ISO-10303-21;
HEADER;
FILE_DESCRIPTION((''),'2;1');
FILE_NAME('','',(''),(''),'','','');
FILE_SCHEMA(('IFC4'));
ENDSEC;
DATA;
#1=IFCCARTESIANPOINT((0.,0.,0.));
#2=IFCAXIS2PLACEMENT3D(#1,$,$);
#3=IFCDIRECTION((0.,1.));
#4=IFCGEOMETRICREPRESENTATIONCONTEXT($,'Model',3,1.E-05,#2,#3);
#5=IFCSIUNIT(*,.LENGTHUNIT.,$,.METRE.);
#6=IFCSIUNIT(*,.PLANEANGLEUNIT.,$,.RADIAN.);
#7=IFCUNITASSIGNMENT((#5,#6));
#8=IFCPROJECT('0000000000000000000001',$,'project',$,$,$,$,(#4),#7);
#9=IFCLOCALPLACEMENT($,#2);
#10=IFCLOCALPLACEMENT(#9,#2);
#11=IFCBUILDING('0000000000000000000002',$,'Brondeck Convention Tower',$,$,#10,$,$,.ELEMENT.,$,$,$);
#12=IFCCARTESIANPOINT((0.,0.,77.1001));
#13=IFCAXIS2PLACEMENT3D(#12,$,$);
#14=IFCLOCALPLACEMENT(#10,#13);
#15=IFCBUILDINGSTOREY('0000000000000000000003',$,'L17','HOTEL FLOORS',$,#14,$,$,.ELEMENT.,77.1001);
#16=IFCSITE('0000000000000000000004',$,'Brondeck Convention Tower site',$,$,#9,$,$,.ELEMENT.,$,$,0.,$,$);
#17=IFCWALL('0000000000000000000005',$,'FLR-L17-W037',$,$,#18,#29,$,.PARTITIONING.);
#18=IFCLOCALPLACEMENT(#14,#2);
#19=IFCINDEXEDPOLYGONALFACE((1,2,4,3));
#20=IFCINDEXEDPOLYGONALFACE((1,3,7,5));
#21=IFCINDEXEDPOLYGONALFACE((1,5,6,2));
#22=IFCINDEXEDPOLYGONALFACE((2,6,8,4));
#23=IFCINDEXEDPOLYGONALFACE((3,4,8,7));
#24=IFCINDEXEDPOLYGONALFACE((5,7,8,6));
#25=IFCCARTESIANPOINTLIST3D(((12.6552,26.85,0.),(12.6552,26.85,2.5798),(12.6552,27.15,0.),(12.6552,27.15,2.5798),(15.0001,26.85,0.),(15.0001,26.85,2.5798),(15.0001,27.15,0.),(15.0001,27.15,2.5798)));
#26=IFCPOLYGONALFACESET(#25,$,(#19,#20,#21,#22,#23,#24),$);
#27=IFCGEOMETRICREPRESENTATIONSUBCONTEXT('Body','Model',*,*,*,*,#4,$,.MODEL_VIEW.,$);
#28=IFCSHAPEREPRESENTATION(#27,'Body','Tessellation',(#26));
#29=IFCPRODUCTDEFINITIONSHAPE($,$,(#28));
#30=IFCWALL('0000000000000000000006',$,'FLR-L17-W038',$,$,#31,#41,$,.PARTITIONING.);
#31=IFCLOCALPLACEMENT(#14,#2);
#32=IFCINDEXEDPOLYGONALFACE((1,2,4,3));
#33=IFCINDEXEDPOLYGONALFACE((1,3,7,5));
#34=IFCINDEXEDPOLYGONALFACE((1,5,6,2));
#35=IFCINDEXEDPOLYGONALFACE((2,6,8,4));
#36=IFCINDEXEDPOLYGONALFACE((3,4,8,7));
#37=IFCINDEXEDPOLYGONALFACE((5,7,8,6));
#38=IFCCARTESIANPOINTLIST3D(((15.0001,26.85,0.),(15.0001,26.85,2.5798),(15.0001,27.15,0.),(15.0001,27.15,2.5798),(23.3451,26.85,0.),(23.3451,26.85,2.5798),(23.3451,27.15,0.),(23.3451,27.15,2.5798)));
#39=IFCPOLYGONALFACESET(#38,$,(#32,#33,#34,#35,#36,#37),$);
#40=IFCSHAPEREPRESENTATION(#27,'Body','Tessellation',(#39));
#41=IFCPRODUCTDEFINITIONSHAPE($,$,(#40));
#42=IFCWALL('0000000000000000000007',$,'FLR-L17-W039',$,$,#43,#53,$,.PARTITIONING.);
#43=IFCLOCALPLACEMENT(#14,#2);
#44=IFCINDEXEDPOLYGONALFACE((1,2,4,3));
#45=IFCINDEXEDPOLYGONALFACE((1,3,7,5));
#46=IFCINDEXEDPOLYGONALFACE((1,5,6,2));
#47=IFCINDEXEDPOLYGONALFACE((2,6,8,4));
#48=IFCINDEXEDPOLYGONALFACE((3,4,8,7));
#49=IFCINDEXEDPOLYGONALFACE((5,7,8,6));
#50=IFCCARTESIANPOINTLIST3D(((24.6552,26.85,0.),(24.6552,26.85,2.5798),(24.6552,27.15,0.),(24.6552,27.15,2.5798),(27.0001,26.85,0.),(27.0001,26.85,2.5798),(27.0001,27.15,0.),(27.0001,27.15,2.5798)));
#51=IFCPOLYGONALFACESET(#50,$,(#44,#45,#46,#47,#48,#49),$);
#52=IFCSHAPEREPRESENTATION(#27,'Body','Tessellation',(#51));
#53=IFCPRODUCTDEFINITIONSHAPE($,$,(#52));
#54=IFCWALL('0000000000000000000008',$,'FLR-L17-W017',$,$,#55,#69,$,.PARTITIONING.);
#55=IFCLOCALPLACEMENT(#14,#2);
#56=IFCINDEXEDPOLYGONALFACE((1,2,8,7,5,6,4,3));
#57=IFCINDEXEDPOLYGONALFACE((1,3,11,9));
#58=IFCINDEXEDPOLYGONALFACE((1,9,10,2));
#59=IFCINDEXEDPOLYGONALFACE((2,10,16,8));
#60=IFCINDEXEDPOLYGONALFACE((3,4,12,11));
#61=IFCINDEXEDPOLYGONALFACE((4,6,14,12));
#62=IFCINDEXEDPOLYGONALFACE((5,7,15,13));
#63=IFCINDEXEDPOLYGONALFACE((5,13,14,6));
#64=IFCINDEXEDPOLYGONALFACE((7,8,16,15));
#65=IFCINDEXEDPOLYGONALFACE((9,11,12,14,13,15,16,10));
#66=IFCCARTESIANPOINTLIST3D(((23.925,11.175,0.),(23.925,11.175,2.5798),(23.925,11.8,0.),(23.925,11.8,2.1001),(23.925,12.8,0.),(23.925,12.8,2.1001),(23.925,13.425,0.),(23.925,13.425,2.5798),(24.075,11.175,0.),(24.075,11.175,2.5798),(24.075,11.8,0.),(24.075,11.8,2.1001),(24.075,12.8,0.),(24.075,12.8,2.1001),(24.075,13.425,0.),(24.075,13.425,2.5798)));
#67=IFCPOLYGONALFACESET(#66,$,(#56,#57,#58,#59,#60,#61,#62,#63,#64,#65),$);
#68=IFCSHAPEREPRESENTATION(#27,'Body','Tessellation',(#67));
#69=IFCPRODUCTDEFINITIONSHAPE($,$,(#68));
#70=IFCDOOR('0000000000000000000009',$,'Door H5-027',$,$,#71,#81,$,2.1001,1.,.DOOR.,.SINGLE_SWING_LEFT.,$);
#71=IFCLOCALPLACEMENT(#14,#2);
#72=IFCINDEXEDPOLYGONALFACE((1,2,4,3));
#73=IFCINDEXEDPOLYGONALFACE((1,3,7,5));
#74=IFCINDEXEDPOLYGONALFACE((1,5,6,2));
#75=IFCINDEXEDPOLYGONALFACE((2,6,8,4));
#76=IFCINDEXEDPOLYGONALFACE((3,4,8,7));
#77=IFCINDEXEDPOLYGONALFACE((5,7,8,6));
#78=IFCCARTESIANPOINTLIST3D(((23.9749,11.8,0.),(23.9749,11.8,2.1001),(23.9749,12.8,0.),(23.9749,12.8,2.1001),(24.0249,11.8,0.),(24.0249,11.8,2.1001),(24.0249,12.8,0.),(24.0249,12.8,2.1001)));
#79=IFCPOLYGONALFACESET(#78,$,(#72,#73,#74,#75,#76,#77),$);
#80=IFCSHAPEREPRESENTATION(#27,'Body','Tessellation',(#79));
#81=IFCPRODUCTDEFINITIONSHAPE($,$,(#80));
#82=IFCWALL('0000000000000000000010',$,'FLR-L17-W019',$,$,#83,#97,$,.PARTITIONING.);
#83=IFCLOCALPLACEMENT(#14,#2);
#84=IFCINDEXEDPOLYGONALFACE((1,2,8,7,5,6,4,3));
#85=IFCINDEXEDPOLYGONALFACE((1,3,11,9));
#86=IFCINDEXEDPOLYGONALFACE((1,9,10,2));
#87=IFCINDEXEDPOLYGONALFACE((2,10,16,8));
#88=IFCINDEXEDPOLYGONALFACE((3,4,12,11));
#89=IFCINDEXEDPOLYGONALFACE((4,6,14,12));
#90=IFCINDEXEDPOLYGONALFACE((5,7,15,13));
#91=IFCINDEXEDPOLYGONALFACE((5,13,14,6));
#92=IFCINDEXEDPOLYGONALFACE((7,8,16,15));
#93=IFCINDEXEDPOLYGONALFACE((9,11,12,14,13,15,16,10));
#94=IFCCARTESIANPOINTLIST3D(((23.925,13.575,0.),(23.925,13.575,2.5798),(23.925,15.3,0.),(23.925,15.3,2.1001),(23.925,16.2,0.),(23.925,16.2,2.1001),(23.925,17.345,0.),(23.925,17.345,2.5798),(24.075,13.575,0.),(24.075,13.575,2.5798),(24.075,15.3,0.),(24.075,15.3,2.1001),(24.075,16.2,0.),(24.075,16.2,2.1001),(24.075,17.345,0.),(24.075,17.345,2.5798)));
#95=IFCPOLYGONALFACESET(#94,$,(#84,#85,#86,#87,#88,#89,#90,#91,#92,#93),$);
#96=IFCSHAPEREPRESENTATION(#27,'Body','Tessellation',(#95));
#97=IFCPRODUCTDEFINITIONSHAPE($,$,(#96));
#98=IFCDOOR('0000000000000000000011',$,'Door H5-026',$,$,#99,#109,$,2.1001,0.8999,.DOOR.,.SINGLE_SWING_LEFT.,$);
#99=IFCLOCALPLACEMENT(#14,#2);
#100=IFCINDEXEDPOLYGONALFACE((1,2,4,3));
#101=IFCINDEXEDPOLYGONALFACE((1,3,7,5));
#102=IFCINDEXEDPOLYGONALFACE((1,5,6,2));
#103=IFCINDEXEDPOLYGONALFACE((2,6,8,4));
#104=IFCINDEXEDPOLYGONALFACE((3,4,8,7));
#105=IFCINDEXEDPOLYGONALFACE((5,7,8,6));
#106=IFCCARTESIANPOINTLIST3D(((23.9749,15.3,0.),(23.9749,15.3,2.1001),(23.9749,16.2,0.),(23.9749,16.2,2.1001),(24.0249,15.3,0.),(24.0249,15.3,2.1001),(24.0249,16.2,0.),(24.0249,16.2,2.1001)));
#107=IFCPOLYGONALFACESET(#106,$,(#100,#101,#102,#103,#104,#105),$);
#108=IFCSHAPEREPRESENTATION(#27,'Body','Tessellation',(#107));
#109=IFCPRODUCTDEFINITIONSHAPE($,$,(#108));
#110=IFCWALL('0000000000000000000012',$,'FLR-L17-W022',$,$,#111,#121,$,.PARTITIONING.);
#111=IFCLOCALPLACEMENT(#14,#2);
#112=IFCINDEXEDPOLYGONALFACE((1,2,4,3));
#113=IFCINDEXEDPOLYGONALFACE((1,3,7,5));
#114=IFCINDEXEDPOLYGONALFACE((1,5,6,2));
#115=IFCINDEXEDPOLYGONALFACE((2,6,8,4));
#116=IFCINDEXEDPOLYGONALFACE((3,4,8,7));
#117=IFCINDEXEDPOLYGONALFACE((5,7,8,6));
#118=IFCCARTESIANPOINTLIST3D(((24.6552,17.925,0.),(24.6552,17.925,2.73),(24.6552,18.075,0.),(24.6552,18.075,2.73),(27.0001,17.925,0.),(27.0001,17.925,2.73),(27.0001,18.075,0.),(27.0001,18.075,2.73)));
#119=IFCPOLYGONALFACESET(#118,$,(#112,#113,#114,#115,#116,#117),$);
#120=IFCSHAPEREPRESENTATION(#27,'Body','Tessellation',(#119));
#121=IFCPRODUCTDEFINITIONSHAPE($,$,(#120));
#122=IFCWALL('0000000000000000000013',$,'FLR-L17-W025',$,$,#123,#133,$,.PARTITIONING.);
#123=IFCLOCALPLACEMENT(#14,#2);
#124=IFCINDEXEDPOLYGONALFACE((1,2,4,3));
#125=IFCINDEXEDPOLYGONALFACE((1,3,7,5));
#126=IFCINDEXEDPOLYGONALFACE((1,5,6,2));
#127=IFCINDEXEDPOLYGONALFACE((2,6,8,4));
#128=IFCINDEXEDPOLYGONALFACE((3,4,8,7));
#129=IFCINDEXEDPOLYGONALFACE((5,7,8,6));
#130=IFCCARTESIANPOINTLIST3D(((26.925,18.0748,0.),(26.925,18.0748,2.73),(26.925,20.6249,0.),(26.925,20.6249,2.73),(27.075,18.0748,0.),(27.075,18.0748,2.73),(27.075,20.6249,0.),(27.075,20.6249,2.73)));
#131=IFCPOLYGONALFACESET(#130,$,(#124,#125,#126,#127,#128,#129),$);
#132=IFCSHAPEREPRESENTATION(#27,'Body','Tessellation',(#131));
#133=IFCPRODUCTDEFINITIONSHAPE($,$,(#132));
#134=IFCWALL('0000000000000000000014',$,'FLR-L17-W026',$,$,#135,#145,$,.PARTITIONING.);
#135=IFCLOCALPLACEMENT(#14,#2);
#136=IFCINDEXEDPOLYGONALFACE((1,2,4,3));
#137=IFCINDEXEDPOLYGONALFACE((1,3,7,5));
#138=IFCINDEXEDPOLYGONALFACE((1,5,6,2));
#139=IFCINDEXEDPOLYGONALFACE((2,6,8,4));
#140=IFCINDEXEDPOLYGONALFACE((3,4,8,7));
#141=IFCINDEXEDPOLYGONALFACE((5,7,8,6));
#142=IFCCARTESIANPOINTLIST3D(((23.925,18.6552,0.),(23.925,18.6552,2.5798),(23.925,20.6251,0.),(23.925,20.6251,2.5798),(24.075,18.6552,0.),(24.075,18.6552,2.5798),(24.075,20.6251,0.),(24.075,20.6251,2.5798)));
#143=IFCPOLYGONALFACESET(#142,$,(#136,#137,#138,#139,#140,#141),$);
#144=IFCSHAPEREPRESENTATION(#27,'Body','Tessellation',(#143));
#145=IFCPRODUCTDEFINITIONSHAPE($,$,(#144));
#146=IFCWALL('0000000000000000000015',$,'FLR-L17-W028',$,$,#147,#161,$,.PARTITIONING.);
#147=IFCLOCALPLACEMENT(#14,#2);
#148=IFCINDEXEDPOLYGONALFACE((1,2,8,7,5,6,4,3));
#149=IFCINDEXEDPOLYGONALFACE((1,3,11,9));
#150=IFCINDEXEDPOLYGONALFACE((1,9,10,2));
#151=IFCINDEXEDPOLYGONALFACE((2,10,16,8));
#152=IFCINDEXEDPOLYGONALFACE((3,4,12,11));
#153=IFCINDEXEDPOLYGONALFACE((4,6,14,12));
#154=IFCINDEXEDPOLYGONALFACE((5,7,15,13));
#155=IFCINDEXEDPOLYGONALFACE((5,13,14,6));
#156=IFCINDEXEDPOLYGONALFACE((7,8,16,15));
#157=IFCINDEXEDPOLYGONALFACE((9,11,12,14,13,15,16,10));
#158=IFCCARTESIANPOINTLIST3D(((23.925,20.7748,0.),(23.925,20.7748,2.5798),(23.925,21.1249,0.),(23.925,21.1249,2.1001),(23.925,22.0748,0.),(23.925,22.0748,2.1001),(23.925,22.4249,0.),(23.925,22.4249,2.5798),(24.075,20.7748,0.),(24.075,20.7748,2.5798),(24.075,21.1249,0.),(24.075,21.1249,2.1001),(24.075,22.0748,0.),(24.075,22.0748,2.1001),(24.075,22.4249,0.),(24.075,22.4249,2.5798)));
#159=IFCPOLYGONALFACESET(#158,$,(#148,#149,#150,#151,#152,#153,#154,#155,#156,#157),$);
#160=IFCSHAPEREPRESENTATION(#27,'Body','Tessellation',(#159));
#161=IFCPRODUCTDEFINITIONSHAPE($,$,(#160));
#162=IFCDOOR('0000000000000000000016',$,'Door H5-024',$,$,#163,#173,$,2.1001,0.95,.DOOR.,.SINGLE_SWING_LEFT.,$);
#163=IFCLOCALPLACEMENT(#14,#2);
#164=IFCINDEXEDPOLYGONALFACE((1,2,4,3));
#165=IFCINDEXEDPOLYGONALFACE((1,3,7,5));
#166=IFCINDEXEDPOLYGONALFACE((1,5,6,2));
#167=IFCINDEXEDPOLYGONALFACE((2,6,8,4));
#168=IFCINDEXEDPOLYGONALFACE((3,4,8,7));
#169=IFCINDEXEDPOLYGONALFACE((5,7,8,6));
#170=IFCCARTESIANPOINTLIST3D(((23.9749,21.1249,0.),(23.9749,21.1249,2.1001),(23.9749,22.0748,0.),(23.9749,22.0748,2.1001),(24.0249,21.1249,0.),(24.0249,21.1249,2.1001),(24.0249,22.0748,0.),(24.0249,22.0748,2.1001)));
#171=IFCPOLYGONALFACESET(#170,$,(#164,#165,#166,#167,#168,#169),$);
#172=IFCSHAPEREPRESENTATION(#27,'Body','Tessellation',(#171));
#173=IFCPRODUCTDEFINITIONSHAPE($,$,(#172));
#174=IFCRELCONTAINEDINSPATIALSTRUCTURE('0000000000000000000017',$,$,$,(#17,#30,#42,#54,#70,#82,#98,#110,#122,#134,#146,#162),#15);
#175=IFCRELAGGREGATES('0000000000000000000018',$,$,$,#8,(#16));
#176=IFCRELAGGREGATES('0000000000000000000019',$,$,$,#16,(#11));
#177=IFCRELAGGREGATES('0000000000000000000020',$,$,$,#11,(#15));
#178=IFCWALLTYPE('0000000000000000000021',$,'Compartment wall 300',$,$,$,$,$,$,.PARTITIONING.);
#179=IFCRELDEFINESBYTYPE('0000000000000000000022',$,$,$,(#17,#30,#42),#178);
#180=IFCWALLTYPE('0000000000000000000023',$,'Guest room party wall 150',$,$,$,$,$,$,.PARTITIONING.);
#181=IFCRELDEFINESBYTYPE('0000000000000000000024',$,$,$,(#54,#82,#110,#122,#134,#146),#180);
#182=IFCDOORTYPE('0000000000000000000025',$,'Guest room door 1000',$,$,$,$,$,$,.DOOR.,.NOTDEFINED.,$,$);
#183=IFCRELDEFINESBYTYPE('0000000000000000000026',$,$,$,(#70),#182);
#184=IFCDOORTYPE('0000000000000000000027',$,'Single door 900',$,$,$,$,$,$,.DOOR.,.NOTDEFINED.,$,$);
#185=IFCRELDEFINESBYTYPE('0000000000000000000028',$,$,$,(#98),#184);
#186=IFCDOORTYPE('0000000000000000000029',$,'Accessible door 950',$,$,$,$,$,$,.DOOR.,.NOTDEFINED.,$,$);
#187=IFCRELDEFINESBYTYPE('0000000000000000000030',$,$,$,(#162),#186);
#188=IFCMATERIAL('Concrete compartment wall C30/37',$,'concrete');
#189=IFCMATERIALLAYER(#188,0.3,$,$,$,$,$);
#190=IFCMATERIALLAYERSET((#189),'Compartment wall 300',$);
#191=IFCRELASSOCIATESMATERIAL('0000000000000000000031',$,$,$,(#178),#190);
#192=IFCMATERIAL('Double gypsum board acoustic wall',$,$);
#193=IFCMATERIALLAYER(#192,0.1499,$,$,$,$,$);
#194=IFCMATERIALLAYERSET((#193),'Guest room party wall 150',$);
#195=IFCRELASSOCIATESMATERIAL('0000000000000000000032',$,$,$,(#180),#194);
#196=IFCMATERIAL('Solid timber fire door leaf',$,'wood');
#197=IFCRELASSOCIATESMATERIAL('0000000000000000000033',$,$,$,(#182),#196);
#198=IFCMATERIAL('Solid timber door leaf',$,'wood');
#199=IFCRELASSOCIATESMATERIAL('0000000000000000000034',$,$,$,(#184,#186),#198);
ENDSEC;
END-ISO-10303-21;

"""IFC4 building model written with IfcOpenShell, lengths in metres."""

from ifc_helpers import new_model, si_unit, direction, frame, frame_2d, origin, place, context, subcontext, project, spatial, rectangle, extrude, material, layer, layer_set, type_object, element, fill, save


model = new_model("IFC4")

# Units and contexts
model_context = context("Model", 3, precision=1e-05, world=origin(), true_north=direction((0.0, 1.0)))
body_context = subcontext(model_context, "Body", "Model", "MODEL_VIEW")
ifc_project = project(units=[si_unit("LENGTHUNIT", "METRE"), si_unit("PLANEANGLEUNIT", "RADIAN")], contexts=[model_context])

# Site, building, storey
site_placement = place(None, origin())
site = spatial("IfcSite", under=ifc_project, at=site_placement, Name="Brondeck Convention Tower site", CompositionType="ELEMENT", RefElevation=0.0)
building_placement = place(site_placement, origin())
building = spatial("IfcBuilding", under=site, at=building_placement, Name="Brondeck Convention Tower", CompositionType="ELEMENT")
storey_placement = place(building_placement, frame((0.0, 0.0, 77.1001)))
storey = spatial("IfcBuildingStorey", under=building, at=storey_placement, Name="L17", Description="HOTEL FLOORS", CompositionType="ELEMENT", Elevation=77.1001)

# Walls
ifc_material_1 = material(Name="Concrete compartment wall C30/37", Category="concrete")
ifc_layer_1 = layer(ifc_material_1, 0.3)
ifc_layer_set_1 = layer_set([ifc_layer_1], Name="Compartment wall 300")
wall_type_1 = type_object("IfcWallType", Name="Compartment wall 300", PredefinedType="PARTITIONING", material=ifc_layer_set_1)
wall_1_placement = place(storey_placement, frame((15.0, 27.0, 0.0), z_axis=(0.0, 0.0, 1.0), x_axis=(-1.0, 0.0, 0.0)))
element("IfcWall", 1, at=wall_1_placement, inside=storey, type_object=wall_type_1, Name="FLR-L17-W037", PredefinedType="PARTITIONING", context=body_context, shape_type="SweptSolid", body=[
    extrude(rectangle(XDim=2.345, YDim=0.3, at=frame_2d((1.1724, 0.0))), origin(), (0.0, 0.0, 1.0), 2.5798),
])
wall_2_placement = place(storey_placement, frame((23.345, 27.0, 0.0), z_axis=(0.0, 0.0, 1.0), x_axis=(-1.0, 0.0, 0.0)))
element("IfcWall", 2, at=wall_2_placement, inside=storey, type_object=wall_type_1, Name="FLR-L17-W038", PredefinedType="PARTITIONING", context=body_context, shape_type="SweptSolid", body=[
    extrude(rectangle(XDim=8.345, YDim=0.3, at=frame_2d((4.1724, 0.0))), origin(), (0.0, 0.0, 1.0), 2.5798),
])
wall_3_placement = place(storey_placement, frame((27.0, 27.0, 0.0), z_axis=(0.0, 0.0, 1.0), x_axis=(-1.0, 0.0, 0.0)))
element("IfcWall", 3, at=wall_3_placement, inside=storey, type_object=wall_type_1, Name="FLR-L17-W039", PredefinedType="PARTITIONING", context=body_context, shape_type="SweptSolid", body=[
    extrude(rectangle(XDim=2.345, YDim=0.3, at=frame_2d((1.1724, 0.0))), origin(), (0.0, 0.0, 1.0), 2.5798),
])

# Walls, openings, doors
ifc_material_2 = material(Name="Double gypsum board acoustic wall")
ifc_layer_2 = layer(ifc_material_2, 0.1499)
ifc_layer_set_2 = layer_set([ifc_layer_2], Name="Guest room party wall 150")
wall_type_2 = type_object("IfcWallType", Name="Guest room party wall 150", PredefinedType="PARTITIONING", material=ifc_layer_set_2)
wall_4_placement = place(storey_placement, frame((24.0, 13.425, 0.0), z_axis=(0.0, 0.0, 1.0), x_axis=(0.0, -1.0, 0.0)))
wall_4 = element("IfcWall", 4, at=wall_4_placement, inside=storey, type_object=wall_type_2, Name="FLR-L17-W017", PredefinedType="PARTITIONING", context=body_context, shape_type="SweptSolid", body=[
    extrude(rectangle(XDim=2.25, YDim=0.1499, at=frame_2d((1.125, 0.0))), origin(), (0.0, 0.0, 1.0), 2.5798),
])
opening_1_placement = place(wall_4_placement, frame((0.625, 0.0, 0.0)))
opening_1 = element("IfcOpeningElement", 5, at=opening_1_placement, cuts=wall_4, PredefinedType="OPENING", context=body_context, shape_type="SweptSolid", body=[
    extrude(rectangle(XDim=1.0, YDim=2.1001, at=frame_2d((0.5, 1.05))), frame((0.0, 0.085, 0.0), z_axis=(0.0, -1.0, 0.0), x_axis=(1.0, 0.0, 0.0)), (0.0, 0.0, 1.0), 0.1699),
])
ifc_material_3 = material(Name="Solid timber fire door leaf", Category="wood")
door_type_1 = type_object("IfcDoorType", Name="Guest room door 1000", OperationType="NOTDEFINED", PredefinedType="DOOR", material=ifc_material_3)
door_1_placement = place(opening_1_placement, origin())
door_1 = element("IfcDoor", 6, at=door_1_placement, inside=storey, type_object=door_type_1, Name="Door H5-027", OperationType="SINGLE_SWING_LEFT", OverallHeight=2.1001, OverallWidth=1.0, PredefinedType="DOOR", context=body_context, shape_type="SweptSolid", body=[
    extrude(rectangle(XDim=1.0, YDim=2.1001, at=frame_2d((0.5, 1.05))), frame((0.0, 0.0249, 0.0), z_axis=(0.0, -1.0, 0.0), x_axis=(1.0, 0.0, 0.0)), (0.0, 0.0, 1.0), 0.05),
])
fill(opening_1, door_1)
wall_5_placement = place(storey_placement, frame((24.0, 17.345, 0.0), z_axis=(0.0, 0.0, 1.0), x_axis=(0.0, -1.0, 0.0)))
wall_5 = element("IfcWall", 7, at=wall_5_placement, inside=storey, type_object=wall_type_2, Name="FLR-L17-W019", PredefinedType="PARTITIONING", context=body_context, shape_type="SweptSolid", body=[
    extrude(rectangle(XDim=3.77, YDim=0.1499, at=frame_2d((1.885, 0.0))), origin(), (0.0, 0.0, 1.0), 2.5798),
])
opening_2_placement = place(wall_5_placement, frame((1.145, 0.0, 0.0)))
opening_2 = element("IfcOpeningElement", 8, at=opening_2_placement, cuts=wall_5, PredefinedType="OPENING", context=body_context, shape_type="SweptSolid", body=[
    extrude(rectangle(XDim=0.8999, YDim=2.1001, at=frame_2d((0.45, 1.05))), frame((0.0, 0.085, 0.0), z_axis=(0.0, -1.0, 0.0), x_axis=(1.0, 0.0, 0.0)), (0.0, 0.0, 1.0), 0.1699),
])
ifc_material_4 = material(Name="Solid timber door leaf", Category="wood")
door_type_2 = type_object("IfcDoorType", Name="Single door 900", OperationType="NOTDEFINED", PredefinedType="DOOR", material=ifc_material_4)
door_2_placement = place(opening_2_placement, origin())
door_2 = element("IfcDoor", 9, at=door_2_placement, inside=storey, type_object=door_type_2, Name="Door H5-026", OperationType="SINGLE_SWING_LEFT", OverallHeight=2.1001, OverallWidth=0.8999, PredefinedType="DOOR", context=body_context, shape_type="SweptSolid", body=[
    extrude(rectangle(XDim=0.8999, YDim=2.1001, at=frame_2d((0.45, 1.05))), frame((0.0, 0.0249, 0.0), z_axis=(0.0, -1.0, 0.0), x_axis=(1.0, 0.0, 0.0)), (0.0, 0.0, 1.0), 0.05),
])
fill(opening_2, door_2)

# Walls
wall_6_placement = place(storey_placement, frame((27.0, 18.0, 0.0), z_axis=(0.0, 0.0, 1.0), x_axis=(-1.0, 0.0, 0.0)))
element("IfcWall", 10, at=wall_6_placement, inside=storey, type_object=wall_type_2, Name="FLR-L17-W022", PredefinedType="PARTITIONING", context=body_context, shape_type="SweptSolid", body=[
    extrude(rectangle(XDim=2.345, YDim=0.1499, at=frame_2d((1.1724, 0.0))), origin(), (0.0, 0.0, 1.0), 2.73),
])
wall_7_placement = place(storey_placement, frame((27.0, 18.075, 0.0), z_axis=(0.0, 0.0, 1.0), x_axis=(0.0, 1.0, 0.0)))
element("IfcWall", 11, at=wall_7_placement, inside=storey, type_object=wall_type_2, Name="FLR-L17-W025", PredefinedType="PARTITIONING", context=body_context, shape_type="SweptSolid", body=[
    extrude(rectangle(XDim=2.55, YDim=0.1499, at=frame_2d((1.2749, 0.0))), origin(), (0.0, 0.0, 1.0), 2.73),
])
wall_8_placement = place(storey_placement, frame((24.0, 20.625, 0.0), z_axis=(0.0, 0.0, 1.0), x_axis=(0.0, -1.0, 0.0)))
element("IfcWall", 12, at=wall_8_placement, inside=storey, type_object=wall_type_2, Name="FLR-L17-W026", PredefinedType="PARTITIONING", context=body_context, shape_type="SweptSolid", body=[
    extrude(rectangle(XDim=1.97, YDim=0.1499, at=frame_2d((0.9849, 0.0))), origin(), (0.0, 0.0, 1.0), 2.5798),
])

# Wall, opening, door
wall_9_placement = place(storey_placement, frame((24.0, 22.425, 0.0), z_axis=(0.0, 0.0, 1.0), x_axis=(0.0, -1.0, 0.0)))
wall_9 = element("IfcWall", 13, at=wall_9_placement, inside=storey, type_object=wall_type_2, Name="FLR-L17-W028", PredefinedType="PARTITIONING", context=body_context, shape_type="SweptSolid", body=[
    extrude(rectangle(XDim=1.6501, YDim=0.1499, at=frame_2d((0.8252, 0.0))), origin(), (0.0, 0.0, 1.0), 2.5798),
])
opening_3_placement = place(wall_9_placement, frame((0.3501, 0.0, 0.0)))
opening_3 = element("IfcOpeningElement", 14, at=opening_3_placement, cuts=wall_9, PredefinedType="OPENING", context=body_context, shape_type="SweptSolid", body=[
    extrude(rectangle(XDim=0.95, YDim=2.1001, at=frame_2d((0.4751, 1.05))), frame((0.0, 0.085, 0.0), z_axis=(0.0, -1.0, 0.0), x_axis=(1.0, 0.0, 0.0)), (0.0, 0.0, 1.0), 0.1699),
])
door_type_3 = type_object("IfcDoorType", Name="Accessible door 950", OperationType="NOTDEFINED", PredefinedType="DOOR", material=ifc_material_4)
door_3_placement = place(opening_3_placement, origin())
door_3 = element("IfcDoor", 15, at=door_3_placement, inside=storey, type_object=door_type_3, Name="Door H5-024", OperationType="SINGLE_SWING_LEFT", OverallHeight=2.1001, OverallWidth=0.95, PredefinedType="DOOR", context=body_context, shape_type="SweptSolid", body=[
    extrude(rectangle(XDim=0.95, YDim=2.1001, at=frame_2d((0.4751, 1.05))), frame((0.0, 0.0249, 0.0), z_axis=(0.0, -1.0, 0.0), x_axis=(1.0, 0.0, 0.0)), (0.0, 0.0, 1.0), 0.05),
])
fill(opening_3, door_3)

save(model, "model.ifc")
